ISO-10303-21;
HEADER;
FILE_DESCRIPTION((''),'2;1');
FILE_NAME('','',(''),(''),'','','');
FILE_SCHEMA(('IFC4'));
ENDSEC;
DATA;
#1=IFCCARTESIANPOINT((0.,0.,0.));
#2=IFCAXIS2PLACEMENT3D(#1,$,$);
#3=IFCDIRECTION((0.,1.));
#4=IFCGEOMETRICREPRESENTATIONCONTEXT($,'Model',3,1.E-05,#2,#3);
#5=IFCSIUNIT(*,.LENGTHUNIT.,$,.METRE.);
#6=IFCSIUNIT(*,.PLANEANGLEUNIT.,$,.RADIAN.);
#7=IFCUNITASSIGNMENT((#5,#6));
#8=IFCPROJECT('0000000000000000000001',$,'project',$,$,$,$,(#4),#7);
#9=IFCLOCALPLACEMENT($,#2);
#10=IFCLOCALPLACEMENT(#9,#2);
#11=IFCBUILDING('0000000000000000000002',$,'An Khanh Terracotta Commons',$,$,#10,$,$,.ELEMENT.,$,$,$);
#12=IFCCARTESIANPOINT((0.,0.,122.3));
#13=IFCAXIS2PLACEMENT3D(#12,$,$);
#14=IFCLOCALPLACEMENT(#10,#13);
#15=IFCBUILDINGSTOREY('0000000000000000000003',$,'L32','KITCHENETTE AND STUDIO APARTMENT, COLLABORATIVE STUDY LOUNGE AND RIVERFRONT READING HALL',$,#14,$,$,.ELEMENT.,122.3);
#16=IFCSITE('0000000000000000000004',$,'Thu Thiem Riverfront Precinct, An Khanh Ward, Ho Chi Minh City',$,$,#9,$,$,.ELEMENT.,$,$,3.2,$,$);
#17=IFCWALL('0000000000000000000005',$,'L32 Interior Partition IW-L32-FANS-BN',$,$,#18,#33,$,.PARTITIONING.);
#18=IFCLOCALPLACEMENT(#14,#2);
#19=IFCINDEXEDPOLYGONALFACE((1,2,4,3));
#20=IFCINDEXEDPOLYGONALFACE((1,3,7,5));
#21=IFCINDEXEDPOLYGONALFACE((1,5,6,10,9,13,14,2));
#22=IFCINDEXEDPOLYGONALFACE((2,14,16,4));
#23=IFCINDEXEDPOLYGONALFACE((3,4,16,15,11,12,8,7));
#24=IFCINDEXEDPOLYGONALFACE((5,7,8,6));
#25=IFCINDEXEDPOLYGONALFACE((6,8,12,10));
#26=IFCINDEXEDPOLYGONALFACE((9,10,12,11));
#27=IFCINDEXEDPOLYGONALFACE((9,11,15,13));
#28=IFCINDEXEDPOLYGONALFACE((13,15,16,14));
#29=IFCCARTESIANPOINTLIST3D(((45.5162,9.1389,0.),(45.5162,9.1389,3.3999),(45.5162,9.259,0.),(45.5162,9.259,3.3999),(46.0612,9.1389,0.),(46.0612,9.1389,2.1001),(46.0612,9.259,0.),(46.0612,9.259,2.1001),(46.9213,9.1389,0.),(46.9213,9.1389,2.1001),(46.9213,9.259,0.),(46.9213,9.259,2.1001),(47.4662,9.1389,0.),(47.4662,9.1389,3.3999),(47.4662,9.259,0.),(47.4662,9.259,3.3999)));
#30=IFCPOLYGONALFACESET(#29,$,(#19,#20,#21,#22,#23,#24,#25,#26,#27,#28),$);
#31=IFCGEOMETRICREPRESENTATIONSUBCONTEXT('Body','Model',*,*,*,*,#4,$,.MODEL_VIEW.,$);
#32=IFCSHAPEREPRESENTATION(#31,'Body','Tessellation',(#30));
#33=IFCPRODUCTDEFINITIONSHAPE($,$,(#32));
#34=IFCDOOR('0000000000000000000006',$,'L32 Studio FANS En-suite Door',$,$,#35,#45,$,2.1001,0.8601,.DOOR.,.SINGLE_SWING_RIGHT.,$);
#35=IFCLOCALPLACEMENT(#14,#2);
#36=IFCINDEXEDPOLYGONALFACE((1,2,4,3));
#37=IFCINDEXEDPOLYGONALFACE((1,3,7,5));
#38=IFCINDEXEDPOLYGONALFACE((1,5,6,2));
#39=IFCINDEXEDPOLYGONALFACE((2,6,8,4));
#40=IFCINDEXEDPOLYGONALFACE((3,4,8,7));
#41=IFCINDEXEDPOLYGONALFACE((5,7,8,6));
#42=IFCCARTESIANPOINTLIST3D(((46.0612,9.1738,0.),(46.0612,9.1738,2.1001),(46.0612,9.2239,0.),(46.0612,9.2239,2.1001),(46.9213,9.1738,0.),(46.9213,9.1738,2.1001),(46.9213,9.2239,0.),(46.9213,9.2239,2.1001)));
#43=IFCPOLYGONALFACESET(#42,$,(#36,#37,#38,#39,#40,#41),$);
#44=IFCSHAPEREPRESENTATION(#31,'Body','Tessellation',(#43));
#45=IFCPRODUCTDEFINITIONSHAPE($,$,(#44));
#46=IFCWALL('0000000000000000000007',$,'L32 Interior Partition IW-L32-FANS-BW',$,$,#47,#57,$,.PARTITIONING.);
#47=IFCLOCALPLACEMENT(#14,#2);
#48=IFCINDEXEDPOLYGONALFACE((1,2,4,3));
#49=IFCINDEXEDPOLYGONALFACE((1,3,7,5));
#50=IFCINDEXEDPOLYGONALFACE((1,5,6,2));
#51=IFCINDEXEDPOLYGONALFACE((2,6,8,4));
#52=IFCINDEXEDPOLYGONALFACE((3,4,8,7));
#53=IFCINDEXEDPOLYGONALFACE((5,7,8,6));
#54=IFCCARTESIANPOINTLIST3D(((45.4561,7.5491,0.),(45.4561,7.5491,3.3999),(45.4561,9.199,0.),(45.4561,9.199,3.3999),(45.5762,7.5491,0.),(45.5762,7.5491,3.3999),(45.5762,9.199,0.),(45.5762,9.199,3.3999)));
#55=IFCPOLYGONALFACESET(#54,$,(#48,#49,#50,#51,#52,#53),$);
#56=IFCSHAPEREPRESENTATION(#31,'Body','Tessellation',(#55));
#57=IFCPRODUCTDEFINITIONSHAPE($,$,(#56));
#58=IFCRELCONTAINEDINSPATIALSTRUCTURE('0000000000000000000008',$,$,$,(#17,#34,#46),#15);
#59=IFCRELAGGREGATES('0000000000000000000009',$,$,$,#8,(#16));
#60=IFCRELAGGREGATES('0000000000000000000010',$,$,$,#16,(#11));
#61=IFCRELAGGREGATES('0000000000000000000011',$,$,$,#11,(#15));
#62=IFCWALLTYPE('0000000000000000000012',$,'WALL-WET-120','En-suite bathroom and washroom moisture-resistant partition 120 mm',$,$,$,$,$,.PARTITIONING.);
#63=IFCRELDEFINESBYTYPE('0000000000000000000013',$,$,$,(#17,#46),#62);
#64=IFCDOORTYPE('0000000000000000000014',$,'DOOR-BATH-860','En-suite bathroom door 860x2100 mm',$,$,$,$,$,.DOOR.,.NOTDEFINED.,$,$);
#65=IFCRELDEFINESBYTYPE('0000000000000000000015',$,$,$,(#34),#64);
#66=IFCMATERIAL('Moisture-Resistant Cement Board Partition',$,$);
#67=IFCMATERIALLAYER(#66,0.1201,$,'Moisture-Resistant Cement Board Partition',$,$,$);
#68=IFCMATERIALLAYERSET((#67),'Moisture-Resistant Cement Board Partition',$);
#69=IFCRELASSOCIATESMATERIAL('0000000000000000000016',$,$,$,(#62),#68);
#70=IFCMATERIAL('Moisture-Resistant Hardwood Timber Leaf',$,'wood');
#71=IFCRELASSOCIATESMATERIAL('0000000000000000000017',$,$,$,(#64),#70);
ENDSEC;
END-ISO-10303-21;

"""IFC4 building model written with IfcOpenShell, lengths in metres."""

from ifc_helpers import new_model, si_unit, direction, frame, frame_2d, origin, place, context, subcontext, project, spatial, rectangle, extrude, material, layer, layer_set, type_object, element, fill, save


model = new_model("IFC4")

# Units and contexts
model_context = context("Model", 3, precision=1e-05, world=origin(), true_north=direction((0.0, 1.0)))
body_context = subcontext(model_context, "Body", "Model", "MODEL_VIEW")
ifc_project = project(units=[si_unit("LENGTHUNIT", "METRE"), si_unit("PLANEANGLEUNIT", "RADIAN")], contexts=[model_context])

# Site, building, storey
site_placement = place(None, origin())
site = spatial("IfcSite", under=ifc_project, at=site_placement, Name="Thu Thiem Riverfront Precinct, An Khanh Ward, Ho Chi Minh City", CompositionType="ELEMENT", RefElevation=3.2)
building_placement = place(site_placement, origin())
building = spatial("IfcBuilding", under=site, at=building_placement, Name="An Khanh Terracotta Commons", CompositionType="ELEMENT")
storey_placement = place(building_placement, frame((0.0, 0.0, 122.3)))
storey = spatial("IfcBuildingStorey", under=building, at=storey_placement, Name="L32", Description="KITCHENETTE AND STUDIO APARTMENT, COLLABORATIVE STUDY LOUNGE AND RIVERFRONT READING HALL", CompositionType="ELEMENT", Elevation=122.3)

# Wall, opening, door
ifc_material_1 = material(Name="Moisture-Resistant Cement Board Partition")
ifc_layer_1 = layer(ifc_material_1, 0.1201, Name="Moisture-Resistant Cement Board Partition")
ifc_layer_set_1 = layer_set([ifc_layer_1], Name="Moisture-Resistant Cement Board Partition")
wall_type_1 = type_object("IfcWallType", Name="WALL-WET-120", Description="En-suite bathroom and washroom moisture-resistant partition 120 mm", PredefinedType="PARTITIONING", material=ifc_layer_set_1)
wall_1_placement = place(storey_placement, frame((45.5161, 9.199, 0.0), z_axis=(0.0, 0.0, 1.0), x_axis=(1.0, 0.0, 0.0)))
wall_1 = element("IfcWall", 1, at=wall_1_placement, inside=storey, type_object=wall_type_1, Name="L32 Interior Partition IW-L32-FANS-BN", PredefinedType="PARTITIONING", context=body_context, shape_type="SweptSolid", body=[
    extrude(rectangle(XDim=1.95, YDim=0.1201, at=frame_2d((0.9751, 0.0))), origin(), (0.0, 0.0, 1.0), 3.3999),
])
opening_1_placement = place(wall_1_placement, frame((0.5449, 0.0, 0.0)))
opening_1 = element("IfcOpeningElement", 2, at=opening_1_placement, cuts=wall_1, PredefinedType="OPENING", context=body_context, shape_type="SweptSolid", body=[
    extrude(rectangle(XDim=0.8601, YDim=2.1001, at=frame_2d((0.4302, 1.05))), frame((0.0, 0.0701, 0.0), z_axis=(0.0, -1.0, 0.0), x_axis=(1.0, 0.0, 0.0)), (0.0, 0.0, 1.0), 0.1401),
])
ifc_material_2 = material(Name="Moisture-Resistant Hardwood Timber Leaf", Category="wood")
door_type_1 = type_object("IfcDoorType", Name="DOOR-BATH-860", Description="En-suite bathroom door 860x2100 mm", OperationType="NOTDEFINED", PredefinedType="DOOR", material=ifc_material_2)
door_1_placement = place(opening_1_placement, origin())
door_1 = element("IfcDoor", 3, at=door_1_placement, inside=storey, type_object=door_type_1, Name="L32 Studio FANS En-suite Door", OperationType="SINGLE_SWING_RIGHT", OverallHeight=2.1001, OverallWidth=0.8601, PredefinedType="DOOR", context=body_context, shape_type="SweptSolid", body=[
    extrude(rectangle(XDim=0.8601, YDim=2.1001, at=frame_2d((0.4302, 1.05))), frame((0.0, 0.0249, 0.0), z_axis=(0.0, -1.0, 0.0), x_axis=(1.0, 0.0, 0.0)), (0.0, 0.0, 1.0), 0.05),
])
fill(opening_1, door_1)

# Wall
wall_2_placement = place(storey_placement, frame((45.5161, 9.199, 0.0), z_axis=(0.0, 0.0, 1.0), x_axis=(0.0, -1.0, 0.0)))
element("IfcWall", 4, at=wall_2_placement, inside=storey, type_object=wall_type_1, Name="L32 Interior Partition IW-L32-FANS-BW", PredefinedType="PARTITIONING", context=body_context, shape_type="SweptSolid", body=[
    extrude(rectangle(XDim=1.6499, YDim=0.1201, at=frame_2d((0.825, 0.0))), origin(), (0.0, 0.0, 1.0), 3.3999),
])

save(model, "model.ifc")
